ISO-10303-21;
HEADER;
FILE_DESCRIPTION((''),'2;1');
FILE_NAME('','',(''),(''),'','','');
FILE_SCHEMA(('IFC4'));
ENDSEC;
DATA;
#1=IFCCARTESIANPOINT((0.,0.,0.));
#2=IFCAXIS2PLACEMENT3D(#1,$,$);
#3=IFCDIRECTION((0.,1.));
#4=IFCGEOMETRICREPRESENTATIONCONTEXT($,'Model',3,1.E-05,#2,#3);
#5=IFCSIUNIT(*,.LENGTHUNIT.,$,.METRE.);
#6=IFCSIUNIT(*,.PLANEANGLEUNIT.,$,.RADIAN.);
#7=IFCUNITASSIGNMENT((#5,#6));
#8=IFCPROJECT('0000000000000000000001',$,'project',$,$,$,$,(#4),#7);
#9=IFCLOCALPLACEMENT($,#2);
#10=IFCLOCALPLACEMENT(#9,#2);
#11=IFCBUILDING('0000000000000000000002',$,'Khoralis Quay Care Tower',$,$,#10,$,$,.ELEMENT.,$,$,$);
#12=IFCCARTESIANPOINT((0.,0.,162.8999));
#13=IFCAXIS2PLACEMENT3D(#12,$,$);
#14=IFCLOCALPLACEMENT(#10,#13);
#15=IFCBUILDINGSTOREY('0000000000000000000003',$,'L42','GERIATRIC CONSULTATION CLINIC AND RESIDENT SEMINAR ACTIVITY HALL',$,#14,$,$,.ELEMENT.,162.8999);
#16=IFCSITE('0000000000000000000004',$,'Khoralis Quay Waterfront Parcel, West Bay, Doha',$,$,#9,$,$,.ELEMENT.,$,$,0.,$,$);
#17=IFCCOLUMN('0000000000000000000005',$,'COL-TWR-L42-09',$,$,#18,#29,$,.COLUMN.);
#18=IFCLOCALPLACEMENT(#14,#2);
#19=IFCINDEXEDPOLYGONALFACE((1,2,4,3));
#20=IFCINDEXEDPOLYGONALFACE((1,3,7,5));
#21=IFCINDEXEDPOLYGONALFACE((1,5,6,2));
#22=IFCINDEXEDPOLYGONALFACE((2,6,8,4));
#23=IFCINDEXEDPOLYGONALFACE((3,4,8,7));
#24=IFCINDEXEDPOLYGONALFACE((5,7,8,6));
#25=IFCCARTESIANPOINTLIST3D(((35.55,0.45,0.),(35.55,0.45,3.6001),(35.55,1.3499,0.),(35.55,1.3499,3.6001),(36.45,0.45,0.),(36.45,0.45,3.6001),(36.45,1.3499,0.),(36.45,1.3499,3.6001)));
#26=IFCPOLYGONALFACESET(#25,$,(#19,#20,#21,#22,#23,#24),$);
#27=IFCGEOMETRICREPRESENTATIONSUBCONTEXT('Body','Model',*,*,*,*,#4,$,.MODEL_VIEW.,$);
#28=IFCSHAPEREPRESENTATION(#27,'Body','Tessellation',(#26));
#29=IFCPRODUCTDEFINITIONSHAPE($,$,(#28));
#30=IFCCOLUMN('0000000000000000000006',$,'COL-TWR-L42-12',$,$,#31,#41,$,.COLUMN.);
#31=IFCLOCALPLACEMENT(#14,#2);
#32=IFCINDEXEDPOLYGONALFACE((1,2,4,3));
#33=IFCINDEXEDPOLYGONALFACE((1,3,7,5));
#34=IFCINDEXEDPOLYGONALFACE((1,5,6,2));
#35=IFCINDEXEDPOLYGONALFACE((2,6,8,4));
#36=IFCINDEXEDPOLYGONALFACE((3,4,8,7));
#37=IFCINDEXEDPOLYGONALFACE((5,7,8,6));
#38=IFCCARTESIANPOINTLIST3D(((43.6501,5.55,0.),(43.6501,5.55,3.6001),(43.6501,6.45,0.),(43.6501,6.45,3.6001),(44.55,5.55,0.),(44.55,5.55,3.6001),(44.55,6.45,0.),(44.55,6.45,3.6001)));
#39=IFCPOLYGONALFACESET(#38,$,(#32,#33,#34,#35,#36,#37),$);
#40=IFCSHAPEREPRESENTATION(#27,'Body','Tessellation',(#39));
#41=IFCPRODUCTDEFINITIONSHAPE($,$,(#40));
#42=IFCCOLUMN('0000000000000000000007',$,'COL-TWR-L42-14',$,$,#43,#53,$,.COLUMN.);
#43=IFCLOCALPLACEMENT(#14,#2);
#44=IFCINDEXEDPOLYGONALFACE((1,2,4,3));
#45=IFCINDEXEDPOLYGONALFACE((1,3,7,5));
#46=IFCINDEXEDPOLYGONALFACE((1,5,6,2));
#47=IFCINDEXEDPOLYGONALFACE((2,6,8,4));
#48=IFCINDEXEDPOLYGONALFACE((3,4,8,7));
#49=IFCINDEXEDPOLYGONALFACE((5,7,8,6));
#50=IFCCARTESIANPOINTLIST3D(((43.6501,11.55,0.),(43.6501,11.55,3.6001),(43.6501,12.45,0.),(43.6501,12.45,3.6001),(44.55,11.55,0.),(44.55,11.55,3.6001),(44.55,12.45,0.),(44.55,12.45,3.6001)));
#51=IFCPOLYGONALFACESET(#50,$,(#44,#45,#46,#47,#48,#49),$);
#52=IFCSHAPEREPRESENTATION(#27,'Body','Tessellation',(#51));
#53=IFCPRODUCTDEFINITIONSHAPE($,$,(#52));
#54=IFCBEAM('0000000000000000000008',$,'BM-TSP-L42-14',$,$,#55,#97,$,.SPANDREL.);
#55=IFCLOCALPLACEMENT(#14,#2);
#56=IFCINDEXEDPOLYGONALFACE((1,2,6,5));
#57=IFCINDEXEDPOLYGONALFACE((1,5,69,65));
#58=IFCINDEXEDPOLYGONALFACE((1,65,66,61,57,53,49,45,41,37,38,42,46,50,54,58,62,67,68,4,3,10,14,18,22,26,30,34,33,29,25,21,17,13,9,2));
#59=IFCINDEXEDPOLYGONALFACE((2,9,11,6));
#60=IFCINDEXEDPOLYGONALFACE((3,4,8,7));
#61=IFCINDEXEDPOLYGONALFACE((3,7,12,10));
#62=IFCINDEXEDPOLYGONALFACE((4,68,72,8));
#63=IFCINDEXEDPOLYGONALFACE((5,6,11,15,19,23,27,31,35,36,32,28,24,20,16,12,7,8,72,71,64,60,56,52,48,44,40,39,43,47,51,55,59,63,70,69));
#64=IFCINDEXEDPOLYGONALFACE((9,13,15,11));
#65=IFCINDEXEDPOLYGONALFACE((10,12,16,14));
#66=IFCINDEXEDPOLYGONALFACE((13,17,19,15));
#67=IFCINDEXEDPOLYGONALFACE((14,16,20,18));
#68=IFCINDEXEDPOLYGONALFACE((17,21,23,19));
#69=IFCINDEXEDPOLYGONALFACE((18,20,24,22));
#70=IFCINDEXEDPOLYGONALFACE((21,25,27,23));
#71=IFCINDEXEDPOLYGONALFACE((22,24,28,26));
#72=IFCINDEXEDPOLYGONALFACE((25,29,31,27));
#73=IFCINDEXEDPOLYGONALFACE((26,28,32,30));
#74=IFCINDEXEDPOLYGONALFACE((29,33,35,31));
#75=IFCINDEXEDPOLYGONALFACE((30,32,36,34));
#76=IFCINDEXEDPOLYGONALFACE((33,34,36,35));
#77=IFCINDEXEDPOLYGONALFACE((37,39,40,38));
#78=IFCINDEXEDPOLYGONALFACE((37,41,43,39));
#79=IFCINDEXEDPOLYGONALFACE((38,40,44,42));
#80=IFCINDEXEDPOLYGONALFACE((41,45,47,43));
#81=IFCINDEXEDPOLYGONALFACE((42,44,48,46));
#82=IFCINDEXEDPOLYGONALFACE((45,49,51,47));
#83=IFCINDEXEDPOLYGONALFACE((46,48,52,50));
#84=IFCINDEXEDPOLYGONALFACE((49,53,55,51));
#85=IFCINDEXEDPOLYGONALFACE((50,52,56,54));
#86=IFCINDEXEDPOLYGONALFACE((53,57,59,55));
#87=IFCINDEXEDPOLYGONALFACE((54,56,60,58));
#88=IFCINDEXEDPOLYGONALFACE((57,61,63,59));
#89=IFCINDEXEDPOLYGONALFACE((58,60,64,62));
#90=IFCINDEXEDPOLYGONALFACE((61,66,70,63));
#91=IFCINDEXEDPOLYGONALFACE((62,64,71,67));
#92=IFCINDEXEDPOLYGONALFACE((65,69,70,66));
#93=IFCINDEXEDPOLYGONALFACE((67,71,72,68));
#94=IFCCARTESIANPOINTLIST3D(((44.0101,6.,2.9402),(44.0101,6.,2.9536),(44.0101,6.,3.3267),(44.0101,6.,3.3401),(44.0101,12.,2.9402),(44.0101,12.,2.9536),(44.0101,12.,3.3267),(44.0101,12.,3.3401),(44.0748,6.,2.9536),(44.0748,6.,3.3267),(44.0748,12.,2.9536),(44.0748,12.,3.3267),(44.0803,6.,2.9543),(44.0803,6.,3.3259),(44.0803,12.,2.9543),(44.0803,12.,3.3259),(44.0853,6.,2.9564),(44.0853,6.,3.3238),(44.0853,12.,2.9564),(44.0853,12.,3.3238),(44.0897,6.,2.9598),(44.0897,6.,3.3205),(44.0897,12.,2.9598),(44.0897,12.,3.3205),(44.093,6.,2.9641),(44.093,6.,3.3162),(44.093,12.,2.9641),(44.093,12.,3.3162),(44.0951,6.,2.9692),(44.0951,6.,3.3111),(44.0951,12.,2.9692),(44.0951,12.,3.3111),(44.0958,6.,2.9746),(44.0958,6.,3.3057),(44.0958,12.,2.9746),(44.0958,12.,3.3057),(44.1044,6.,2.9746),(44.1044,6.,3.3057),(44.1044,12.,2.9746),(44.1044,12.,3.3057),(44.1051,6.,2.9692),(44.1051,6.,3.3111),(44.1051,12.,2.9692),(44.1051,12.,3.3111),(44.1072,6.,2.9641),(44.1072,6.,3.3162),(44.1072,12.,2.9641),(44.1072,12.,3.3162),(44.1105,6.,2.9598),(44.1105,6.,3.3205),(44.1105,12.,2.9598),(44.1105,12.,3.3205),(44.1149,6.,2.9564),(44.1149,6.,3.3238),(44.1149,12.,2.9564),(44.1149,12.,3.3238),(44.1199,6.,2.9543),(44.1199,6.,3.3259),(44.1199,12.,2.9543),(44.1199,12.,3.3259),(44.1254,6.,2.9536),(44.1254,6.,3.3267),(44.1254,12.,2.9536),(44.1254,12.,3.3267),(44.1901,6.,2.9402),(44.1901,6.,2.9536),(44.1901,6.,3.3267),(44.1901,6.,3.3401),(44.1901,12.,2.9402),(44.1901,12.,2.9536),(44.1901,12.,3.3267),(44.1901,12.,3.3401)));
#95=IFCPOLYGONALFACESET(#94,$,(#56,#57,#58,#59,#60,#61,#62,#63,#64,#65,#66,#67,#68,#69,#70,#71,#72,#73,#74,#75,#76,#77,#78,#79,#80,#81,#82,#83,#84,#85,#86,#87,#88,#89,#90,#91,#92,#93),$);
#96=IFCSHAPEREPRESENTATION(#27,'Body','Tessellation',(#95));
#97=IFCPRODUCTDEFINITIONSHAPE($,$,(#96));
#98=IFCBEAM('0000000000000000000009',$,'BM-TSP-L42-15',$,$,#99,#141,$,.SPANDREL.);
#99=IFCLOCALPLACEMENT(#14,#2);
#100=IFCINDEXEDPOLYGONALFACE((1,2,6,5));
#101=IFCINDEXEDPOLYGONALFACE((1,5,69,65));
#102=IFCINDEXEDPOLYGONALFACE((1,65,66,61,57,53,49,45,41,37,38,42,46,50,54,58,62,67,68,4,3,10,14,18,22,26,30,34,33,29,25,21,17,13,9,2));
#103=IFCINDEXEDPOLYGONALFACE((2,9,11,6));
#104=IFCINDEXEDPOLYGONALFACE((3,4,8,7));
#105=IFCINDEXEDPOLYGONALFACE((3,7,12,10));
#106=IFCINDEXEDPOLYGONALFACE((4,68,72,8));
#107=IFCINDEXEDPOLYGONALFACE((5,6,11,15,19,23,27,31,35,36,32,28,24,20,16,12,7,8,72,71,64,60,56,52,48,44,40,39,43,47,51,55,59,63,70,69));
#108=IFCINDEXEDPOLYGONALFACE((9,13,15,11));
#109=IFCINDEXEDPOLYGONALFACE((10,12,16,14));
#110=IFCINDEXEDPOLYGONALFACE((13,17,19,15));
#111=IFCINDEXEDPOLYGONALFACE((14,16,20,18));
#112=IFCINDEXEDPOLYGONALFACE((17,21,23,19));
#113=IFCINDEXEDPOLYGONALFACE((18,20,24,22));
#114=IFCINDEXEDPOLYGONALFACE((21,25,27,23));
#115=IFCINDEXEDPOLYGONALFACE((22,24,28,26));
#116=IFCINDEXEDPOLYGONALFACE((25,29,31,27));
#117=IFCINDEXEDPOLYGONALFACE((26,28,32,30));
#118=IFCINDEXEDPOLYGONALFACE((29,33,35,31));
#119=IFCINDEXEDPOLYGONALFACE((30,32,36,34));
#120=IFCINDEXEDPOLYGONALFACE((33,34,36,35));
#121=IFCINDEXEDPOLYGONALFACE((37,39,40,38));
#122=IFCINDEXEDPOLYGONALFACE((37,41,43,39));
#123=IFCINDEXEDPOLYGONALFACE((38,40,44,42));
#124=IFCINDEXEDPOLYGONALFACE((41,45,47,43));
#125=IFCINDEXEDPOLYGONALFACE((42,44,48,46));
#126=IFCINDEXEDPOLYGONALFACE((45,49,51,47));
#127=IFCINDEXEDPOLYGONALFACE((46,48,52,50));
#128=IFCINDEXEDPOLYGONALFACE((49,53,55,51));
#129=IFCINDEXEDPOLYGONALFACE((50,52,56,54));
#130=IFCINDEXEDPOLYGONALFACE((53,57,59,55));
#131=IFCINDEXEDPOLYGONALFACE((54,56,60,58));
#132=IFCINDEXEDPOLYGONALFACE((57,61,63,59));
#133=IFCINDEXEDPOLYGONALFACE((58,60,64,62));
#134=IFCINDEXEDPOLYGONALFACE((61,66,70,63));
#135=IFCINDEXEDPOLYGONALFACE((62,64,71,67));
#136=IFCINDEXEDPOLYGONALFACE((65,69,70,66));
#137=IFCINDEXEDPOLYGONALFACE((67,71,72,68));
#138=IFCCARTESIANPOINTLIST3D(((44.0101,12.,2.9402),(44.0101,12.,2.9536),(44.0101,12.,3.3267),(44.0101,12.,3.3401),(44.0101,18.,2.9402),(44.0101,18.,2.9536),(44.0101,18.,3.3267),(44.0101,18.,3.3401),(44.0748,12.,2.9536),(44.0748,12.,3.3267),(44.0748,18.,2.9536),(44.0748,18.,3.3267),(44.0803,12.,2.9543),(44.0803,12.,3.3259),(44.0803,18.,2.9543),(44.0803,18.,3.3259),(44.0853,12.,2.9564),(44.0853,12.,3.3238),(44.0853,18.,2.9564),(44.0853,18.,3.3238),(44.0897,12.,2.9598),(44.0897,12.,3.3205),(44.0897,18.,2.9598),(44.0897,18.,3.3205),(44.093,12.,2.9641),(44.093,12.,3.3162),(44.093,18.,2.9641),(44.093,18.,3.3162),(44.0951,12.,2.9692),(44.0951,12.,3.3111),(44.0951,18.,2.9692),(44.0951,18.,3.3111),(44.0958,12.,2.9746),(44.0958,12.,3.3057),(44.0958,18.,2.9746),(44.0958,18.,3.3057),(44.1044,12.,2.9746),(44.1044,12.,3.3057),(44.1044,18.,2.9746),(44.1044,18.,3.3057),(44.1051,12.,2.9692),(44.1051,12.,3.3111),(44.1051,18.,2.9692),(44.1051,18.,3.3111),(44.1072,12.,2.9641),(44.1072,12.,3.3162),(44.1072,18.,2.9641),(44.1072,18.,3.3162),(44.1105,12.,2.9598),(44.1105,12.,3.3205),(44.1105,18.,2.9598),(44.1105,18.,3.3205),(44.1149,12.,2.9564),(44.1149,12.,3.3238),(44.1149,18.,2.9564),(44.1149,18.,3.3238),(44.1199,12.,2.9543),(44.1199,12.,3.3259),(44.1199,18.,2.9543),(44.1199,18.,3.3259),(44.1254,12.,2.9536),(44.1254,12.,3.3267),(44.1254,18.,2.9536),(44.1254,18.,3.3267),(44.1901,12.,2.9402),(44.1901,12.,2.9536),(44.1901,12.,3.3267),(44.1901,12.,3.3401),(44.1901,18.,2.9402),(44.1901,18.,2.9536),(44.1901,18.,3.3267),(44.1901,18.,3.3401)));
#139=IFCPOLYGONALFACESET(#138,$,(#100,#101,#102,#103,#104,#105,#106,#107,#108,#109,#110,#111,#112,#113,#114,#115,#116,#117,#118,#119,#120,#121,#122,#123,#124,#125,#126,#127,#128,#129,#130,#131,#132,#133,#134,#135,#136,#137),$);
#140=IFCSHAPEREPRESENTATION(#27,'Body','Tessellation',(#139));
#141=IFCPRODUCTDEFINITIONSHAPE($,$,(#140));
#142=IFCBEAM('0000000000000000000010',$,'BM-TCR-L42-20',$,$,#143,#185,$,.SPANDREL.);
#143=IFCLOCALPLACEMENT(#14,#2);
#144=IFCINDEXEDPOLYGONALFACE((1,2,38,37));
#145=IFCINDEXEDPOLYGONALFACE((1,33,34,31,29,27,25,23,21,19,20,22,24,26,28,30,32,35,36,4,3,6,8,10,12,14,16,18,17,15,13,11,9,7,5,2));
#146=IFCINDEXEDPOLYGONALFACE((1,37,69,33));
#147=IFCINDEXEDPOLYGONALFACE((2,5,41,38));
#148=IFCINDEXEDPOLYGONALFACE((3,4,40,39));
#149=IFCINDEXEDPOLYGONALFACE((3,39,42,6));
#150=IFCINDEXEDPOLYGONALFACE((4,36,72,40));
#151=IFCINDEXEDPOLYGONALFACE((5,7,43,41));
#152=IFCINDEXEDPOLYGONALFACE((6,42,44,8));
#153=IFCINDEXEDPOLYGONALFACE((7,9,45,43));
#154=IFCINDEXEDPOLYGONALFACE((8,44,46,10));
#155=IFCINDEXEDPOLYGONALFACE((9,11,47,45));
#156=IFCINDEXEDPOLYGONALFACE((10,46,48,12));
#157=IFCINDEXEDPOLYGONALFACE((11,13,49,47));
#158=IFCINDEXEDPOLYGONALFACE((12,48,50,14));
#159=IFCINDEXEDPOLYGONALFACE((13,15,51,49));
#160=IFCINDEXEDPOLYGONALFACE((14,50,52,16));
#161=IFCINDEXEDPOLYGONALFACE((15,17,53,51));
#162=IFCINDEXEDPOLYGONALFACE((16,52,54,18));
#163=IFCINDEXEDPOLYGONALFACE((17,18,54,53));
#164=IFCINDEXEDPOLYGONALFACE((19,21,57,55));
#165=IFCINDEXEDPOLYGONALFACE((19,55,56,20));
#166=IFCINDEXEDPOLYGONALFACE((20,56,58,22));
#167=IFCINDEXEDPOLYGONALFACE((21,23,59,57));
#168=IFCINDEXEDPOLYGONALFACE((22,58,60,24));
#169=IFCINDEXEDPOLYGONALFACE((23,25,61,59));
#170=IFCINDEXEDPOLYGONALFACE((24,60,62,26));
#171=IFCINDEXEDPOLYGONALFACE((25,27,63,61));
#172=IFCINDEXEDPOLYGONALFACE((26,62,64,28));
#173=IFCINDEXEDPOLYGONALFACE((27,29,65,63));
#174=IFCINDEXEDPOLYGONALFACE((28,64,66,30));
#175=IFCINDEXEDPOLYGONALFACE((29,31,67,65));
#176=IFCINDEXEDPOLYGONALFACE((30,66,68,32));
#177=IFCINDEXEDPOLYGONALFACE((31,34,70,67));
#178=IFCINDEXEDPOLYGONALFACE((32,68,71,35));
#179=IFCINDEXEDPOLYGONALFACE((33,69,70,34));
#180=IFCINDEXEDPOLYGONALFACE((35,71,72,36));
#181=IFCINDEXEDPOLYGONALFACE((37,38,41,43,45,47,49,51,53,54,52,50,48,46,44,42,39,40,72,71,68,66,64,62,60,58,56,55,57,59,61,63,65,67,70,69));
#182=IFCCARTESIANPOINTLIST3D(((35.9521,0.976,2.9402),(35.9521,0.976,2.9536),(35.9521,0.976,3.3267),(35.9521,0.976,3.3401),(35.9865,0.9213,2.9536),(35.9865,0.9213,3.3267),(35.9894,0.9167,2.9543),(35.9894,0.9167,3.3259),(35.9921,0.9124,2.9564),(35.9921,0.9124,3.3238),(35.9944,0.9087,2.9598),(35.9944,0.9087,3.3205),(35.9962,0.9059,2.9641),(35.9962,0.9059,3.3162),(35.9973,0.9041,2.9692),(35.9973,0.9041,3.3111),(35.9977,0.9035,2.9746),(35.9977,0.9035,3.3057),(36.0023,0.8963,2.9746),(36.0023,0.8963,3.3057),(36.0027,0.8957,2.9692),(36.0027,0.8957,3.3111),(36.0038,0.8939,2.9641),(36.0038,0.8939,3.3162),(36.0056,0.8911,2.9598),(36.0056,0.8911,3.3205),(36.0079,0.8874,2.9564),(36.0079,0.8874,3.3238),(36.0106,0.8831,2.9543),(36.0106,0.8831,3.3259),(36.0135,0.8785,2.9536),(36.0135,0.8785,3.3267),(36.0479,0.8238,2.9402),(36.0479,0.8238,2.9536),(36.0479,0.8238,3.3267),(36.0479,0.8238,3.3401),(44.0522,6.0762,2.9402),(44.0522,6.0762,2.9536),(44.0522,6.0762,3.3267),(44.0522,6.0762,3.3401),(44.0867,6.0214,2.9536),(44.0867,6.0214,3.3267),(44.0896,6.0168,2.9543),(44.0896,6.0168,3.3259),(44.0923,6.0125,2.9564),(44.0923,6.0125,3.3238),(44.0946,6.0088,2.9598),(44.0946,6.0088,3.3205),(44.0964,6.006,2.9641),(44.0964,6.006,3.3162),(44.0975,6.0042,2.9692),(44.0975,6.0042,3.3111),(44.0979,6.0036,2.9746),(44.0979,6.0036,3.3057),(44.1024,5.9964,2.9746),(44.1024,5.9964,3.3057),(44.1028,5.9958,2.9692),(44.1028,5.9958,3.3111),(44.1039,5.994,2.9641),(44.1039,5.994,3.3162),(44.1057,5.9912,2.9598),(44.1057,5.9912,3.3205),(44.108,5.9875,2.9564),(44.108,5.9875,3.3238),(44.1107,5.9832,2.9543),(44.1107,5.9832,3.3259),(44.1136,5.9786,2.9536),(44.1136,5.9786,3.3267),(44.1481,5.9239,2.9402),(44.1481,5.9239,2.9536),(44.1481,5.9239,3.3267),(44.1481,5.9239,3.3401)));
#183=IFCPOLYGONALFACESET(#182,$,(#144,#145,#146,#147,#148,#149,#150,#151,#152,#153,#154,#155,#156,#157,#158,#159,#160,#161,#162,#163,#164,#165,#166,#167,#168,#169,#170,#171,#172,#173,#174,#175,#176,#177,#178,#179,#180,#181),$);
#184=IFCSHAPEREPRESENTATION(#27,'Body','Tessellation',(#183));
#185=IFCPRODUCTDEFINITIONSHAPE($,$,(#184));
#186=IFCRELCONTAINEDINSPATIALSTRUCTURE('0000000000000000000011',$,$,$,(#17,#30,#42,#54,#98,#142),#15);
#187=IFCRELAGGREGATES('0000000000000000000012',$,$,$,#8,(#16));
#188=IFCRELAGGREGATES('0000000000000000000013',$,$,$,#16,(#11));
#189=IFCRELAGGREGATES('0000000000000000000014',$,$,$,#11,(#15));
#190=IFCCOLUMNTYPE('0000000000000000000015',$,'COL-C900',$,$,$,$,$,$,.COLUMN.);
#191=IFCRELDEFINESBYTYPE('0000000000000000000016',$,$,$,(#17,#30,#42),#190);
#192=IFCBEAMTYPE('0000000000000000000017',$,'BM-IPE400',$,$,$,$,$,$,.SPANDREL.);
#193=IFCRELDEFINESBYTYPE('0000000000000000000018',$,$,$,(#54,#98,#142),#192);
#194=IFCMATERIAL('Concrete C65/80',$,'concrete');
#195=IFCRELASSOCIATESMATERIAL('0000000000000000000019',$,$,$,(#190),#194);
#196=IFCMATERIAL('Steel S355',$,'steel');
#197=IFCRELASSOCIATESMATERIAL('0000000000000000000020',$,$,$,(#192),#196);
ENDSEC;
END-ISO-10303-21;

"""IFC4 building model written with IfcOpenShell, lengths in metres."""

from ifc_helpers import new_model, si_unit, direction, frame, origin, origin_2d, place, context, subcontext, project, spatial, rectangle, i_section, extrude, source, transform, mapped, material, material_profile, profile_set, type_object, element, save


model = new_model("IFC4")

# Units and contexts
model_context = context("Model", 3, precision=1e-05, world=origin(), true_north=direction((0.0, 1.0)))
body_context = subcontext(model_context, "Body", "Model", "MODEL_VIEW")
ifc_project = project(units=[si_unit("LENGTHUNIT", "METRE"), si_unit("PLANEANGLEUNIT", "RADIAN")], contexts=[model_context])

# Site, building, storey
site_placement = place(None, origin())
site = spatial("IfcSite", under=ifc_project, at=site_placement, Name="Khoralis Quay Waterfront Parcel, West Bay, Doha", CompositionType="ELEMENT", RefElevation=0.0)
building_placement = place(site_placement, origin())
building = spatial("IfcBuilding", under=site, at=building_placement, Name="Khoralis Quay Care Tower", CompositionType="ELEMENT")
storey_placement = place(building_placement, frame((0.0, 0.0, 162.8999)))
storey = spatial("IfcBuildingStorey", under=building, at=storey_placement, Name="L42", Description="GERIATRIC CONSULTATION CLINIC AND RESIDENT SEMINAR ACTIVITY HALL", CompositionType="ELEMENT", Elevation=162.8999)

# Columns
ifc_material_1 = material(Name="Concrete C65/80", Category="concrete")
ifc_material_profile_1 = material_profile(ifc_material_1, rectangle(XDim=0.8999, YDim=0.8999, at=origin_2d()), Name="Concrete C65/80")
ifc_profile_set_1 = profile_set([ifc_material_profile_1], Name="Concrete C65/80")
column_type = type_object("IfcColumnType", Name="COL-C900", PredefinedType="COLUMN", material=ifc_profile_set_1)
shared_shape_1 = source(origin(), body_context, "Body", "SweptSolid", [
    extrude(rectangle(XDim=0.8999, YDim=0.8999, at=origin_2d()), origin(), (0.0, 0.0, 1.0), 3.6001),
])
for number, where, z_axis, x_axis, name in (
    (1, (36.0, 0.8999, 0.0), (0.0, 0.0, 1.0), (1.0, 0.0, 0.0), "COL-TWR-L42-09"),
    (2, (44.1001, 6.0, 0.0), (0.0, 0.0, 1.0), (1.0, 0.0, 0.0), "COL-TWR-L42-12"),
    (3, (44.1001, 12.0, 0.0), (0.0, 0.0, 1.0), (1.0, 0.0, 0.0), "COL-TWR-L42-14"),
):
    element("IfcColumn", number, at=place(storey_placement, frame(where, z_axis=z_axis, x_axis=x_axis)), inside=storey, type_object=column_type, Name=name, PredefinedType="COLUMN", context=body_context, shape_type="MappedRepresentation", body=[
        mapped(shared_shape_1, transform((0.0, 0.0, 0.0), scale=1.0)),
    ])

# Beams
ifc_material_2 = material(Name="Steel S355", Category="steel")
ifc_material_profile_2 = material_profile(ifc_material_2, i_section(OverallWidth=0.1799, OverallDepth=0.3999, WebThickness=0.0085, FlangeThickness=0.0134, FilletRadius=0.021, at=origin_2d()), Name="Steel S355")
ifc_profile_set_2 = profile_set([ifc_material_profile_2], Name="Steel S355")
beam_type_1 = type_object("IfcBeamType", Name="BM-IPE400", PredefinedType="SPANDREL", material=ifc_profile_set_2)
shared_shape_2 = source(origin(), body_context, "Body", "SweptSolid", [
    extrude(i_section(OverallWidth=0.1799, OverallDepth=0.3999, WebThickness=0.0085, FlangeThickness=0.0134, FilletRadius=0.021, at=origin_2d()), origin(), (0.0, 0.0, 1.0), 6.0),
])
for number, where, z_axis, x_axis, name in (
    (4, (44.1001, 6.0, 3.1401), (0.0, 1.0, 0.0), (-1.0, 0.0, 0.0), "BM-TSP-L42-14"),
    (5, (44.1001, 12.0, 3.1401), (0.0, 1.0, 0.0), (-1.0, 0.0, 0.0), "BM-TSP-L42-15"),
):
    element("IfcBeam", number, at=place(storey_placement, frame(where, z_axis=z_axis, x_axis=x_axis)), inside=storey, type_object=beam_type_1, Name=name, PredefinedType="SPANDREL", context=body_context, shape_type="MappedRepresentation", body=[
        mapped(shared_shape_2, transform((0.0, 0.0, 0.0), scale=1.0)),
    ])
shared_shape_3 = source(origin(), body_context, "Body", "SweptSolid", [
    extrude(i_section(OverallWidth=0.1799, OverallDepth=0.3999, WebThickness=0.0085, FlangeThickness=0.0134, FilletRadius=0.021, at=origin_2d()), origin(), (0.0, 0.0, 1.0), 9.572),
])
beam_1_placement = place(storey_placement, frame((36.0, 0.8999, 3.1401), z_axis=(0.846231, 0.532816, 0.0), x_axis=(-0.532816, 0.846231, 0.0)))
element("IfcBeam", 6, at=beam_1_placement, inside=storey, type_object=beam_type_1, Name="BM-TCR-L42-20", PredefinedType="SPANDREL", context=body_context, shape_type="MappedRepresentation", body=[
    mapped(shared_shape_3, transform((0.0, 0.0, 0.0), scale=1.0)),
])

save(model, "model.ifc")
